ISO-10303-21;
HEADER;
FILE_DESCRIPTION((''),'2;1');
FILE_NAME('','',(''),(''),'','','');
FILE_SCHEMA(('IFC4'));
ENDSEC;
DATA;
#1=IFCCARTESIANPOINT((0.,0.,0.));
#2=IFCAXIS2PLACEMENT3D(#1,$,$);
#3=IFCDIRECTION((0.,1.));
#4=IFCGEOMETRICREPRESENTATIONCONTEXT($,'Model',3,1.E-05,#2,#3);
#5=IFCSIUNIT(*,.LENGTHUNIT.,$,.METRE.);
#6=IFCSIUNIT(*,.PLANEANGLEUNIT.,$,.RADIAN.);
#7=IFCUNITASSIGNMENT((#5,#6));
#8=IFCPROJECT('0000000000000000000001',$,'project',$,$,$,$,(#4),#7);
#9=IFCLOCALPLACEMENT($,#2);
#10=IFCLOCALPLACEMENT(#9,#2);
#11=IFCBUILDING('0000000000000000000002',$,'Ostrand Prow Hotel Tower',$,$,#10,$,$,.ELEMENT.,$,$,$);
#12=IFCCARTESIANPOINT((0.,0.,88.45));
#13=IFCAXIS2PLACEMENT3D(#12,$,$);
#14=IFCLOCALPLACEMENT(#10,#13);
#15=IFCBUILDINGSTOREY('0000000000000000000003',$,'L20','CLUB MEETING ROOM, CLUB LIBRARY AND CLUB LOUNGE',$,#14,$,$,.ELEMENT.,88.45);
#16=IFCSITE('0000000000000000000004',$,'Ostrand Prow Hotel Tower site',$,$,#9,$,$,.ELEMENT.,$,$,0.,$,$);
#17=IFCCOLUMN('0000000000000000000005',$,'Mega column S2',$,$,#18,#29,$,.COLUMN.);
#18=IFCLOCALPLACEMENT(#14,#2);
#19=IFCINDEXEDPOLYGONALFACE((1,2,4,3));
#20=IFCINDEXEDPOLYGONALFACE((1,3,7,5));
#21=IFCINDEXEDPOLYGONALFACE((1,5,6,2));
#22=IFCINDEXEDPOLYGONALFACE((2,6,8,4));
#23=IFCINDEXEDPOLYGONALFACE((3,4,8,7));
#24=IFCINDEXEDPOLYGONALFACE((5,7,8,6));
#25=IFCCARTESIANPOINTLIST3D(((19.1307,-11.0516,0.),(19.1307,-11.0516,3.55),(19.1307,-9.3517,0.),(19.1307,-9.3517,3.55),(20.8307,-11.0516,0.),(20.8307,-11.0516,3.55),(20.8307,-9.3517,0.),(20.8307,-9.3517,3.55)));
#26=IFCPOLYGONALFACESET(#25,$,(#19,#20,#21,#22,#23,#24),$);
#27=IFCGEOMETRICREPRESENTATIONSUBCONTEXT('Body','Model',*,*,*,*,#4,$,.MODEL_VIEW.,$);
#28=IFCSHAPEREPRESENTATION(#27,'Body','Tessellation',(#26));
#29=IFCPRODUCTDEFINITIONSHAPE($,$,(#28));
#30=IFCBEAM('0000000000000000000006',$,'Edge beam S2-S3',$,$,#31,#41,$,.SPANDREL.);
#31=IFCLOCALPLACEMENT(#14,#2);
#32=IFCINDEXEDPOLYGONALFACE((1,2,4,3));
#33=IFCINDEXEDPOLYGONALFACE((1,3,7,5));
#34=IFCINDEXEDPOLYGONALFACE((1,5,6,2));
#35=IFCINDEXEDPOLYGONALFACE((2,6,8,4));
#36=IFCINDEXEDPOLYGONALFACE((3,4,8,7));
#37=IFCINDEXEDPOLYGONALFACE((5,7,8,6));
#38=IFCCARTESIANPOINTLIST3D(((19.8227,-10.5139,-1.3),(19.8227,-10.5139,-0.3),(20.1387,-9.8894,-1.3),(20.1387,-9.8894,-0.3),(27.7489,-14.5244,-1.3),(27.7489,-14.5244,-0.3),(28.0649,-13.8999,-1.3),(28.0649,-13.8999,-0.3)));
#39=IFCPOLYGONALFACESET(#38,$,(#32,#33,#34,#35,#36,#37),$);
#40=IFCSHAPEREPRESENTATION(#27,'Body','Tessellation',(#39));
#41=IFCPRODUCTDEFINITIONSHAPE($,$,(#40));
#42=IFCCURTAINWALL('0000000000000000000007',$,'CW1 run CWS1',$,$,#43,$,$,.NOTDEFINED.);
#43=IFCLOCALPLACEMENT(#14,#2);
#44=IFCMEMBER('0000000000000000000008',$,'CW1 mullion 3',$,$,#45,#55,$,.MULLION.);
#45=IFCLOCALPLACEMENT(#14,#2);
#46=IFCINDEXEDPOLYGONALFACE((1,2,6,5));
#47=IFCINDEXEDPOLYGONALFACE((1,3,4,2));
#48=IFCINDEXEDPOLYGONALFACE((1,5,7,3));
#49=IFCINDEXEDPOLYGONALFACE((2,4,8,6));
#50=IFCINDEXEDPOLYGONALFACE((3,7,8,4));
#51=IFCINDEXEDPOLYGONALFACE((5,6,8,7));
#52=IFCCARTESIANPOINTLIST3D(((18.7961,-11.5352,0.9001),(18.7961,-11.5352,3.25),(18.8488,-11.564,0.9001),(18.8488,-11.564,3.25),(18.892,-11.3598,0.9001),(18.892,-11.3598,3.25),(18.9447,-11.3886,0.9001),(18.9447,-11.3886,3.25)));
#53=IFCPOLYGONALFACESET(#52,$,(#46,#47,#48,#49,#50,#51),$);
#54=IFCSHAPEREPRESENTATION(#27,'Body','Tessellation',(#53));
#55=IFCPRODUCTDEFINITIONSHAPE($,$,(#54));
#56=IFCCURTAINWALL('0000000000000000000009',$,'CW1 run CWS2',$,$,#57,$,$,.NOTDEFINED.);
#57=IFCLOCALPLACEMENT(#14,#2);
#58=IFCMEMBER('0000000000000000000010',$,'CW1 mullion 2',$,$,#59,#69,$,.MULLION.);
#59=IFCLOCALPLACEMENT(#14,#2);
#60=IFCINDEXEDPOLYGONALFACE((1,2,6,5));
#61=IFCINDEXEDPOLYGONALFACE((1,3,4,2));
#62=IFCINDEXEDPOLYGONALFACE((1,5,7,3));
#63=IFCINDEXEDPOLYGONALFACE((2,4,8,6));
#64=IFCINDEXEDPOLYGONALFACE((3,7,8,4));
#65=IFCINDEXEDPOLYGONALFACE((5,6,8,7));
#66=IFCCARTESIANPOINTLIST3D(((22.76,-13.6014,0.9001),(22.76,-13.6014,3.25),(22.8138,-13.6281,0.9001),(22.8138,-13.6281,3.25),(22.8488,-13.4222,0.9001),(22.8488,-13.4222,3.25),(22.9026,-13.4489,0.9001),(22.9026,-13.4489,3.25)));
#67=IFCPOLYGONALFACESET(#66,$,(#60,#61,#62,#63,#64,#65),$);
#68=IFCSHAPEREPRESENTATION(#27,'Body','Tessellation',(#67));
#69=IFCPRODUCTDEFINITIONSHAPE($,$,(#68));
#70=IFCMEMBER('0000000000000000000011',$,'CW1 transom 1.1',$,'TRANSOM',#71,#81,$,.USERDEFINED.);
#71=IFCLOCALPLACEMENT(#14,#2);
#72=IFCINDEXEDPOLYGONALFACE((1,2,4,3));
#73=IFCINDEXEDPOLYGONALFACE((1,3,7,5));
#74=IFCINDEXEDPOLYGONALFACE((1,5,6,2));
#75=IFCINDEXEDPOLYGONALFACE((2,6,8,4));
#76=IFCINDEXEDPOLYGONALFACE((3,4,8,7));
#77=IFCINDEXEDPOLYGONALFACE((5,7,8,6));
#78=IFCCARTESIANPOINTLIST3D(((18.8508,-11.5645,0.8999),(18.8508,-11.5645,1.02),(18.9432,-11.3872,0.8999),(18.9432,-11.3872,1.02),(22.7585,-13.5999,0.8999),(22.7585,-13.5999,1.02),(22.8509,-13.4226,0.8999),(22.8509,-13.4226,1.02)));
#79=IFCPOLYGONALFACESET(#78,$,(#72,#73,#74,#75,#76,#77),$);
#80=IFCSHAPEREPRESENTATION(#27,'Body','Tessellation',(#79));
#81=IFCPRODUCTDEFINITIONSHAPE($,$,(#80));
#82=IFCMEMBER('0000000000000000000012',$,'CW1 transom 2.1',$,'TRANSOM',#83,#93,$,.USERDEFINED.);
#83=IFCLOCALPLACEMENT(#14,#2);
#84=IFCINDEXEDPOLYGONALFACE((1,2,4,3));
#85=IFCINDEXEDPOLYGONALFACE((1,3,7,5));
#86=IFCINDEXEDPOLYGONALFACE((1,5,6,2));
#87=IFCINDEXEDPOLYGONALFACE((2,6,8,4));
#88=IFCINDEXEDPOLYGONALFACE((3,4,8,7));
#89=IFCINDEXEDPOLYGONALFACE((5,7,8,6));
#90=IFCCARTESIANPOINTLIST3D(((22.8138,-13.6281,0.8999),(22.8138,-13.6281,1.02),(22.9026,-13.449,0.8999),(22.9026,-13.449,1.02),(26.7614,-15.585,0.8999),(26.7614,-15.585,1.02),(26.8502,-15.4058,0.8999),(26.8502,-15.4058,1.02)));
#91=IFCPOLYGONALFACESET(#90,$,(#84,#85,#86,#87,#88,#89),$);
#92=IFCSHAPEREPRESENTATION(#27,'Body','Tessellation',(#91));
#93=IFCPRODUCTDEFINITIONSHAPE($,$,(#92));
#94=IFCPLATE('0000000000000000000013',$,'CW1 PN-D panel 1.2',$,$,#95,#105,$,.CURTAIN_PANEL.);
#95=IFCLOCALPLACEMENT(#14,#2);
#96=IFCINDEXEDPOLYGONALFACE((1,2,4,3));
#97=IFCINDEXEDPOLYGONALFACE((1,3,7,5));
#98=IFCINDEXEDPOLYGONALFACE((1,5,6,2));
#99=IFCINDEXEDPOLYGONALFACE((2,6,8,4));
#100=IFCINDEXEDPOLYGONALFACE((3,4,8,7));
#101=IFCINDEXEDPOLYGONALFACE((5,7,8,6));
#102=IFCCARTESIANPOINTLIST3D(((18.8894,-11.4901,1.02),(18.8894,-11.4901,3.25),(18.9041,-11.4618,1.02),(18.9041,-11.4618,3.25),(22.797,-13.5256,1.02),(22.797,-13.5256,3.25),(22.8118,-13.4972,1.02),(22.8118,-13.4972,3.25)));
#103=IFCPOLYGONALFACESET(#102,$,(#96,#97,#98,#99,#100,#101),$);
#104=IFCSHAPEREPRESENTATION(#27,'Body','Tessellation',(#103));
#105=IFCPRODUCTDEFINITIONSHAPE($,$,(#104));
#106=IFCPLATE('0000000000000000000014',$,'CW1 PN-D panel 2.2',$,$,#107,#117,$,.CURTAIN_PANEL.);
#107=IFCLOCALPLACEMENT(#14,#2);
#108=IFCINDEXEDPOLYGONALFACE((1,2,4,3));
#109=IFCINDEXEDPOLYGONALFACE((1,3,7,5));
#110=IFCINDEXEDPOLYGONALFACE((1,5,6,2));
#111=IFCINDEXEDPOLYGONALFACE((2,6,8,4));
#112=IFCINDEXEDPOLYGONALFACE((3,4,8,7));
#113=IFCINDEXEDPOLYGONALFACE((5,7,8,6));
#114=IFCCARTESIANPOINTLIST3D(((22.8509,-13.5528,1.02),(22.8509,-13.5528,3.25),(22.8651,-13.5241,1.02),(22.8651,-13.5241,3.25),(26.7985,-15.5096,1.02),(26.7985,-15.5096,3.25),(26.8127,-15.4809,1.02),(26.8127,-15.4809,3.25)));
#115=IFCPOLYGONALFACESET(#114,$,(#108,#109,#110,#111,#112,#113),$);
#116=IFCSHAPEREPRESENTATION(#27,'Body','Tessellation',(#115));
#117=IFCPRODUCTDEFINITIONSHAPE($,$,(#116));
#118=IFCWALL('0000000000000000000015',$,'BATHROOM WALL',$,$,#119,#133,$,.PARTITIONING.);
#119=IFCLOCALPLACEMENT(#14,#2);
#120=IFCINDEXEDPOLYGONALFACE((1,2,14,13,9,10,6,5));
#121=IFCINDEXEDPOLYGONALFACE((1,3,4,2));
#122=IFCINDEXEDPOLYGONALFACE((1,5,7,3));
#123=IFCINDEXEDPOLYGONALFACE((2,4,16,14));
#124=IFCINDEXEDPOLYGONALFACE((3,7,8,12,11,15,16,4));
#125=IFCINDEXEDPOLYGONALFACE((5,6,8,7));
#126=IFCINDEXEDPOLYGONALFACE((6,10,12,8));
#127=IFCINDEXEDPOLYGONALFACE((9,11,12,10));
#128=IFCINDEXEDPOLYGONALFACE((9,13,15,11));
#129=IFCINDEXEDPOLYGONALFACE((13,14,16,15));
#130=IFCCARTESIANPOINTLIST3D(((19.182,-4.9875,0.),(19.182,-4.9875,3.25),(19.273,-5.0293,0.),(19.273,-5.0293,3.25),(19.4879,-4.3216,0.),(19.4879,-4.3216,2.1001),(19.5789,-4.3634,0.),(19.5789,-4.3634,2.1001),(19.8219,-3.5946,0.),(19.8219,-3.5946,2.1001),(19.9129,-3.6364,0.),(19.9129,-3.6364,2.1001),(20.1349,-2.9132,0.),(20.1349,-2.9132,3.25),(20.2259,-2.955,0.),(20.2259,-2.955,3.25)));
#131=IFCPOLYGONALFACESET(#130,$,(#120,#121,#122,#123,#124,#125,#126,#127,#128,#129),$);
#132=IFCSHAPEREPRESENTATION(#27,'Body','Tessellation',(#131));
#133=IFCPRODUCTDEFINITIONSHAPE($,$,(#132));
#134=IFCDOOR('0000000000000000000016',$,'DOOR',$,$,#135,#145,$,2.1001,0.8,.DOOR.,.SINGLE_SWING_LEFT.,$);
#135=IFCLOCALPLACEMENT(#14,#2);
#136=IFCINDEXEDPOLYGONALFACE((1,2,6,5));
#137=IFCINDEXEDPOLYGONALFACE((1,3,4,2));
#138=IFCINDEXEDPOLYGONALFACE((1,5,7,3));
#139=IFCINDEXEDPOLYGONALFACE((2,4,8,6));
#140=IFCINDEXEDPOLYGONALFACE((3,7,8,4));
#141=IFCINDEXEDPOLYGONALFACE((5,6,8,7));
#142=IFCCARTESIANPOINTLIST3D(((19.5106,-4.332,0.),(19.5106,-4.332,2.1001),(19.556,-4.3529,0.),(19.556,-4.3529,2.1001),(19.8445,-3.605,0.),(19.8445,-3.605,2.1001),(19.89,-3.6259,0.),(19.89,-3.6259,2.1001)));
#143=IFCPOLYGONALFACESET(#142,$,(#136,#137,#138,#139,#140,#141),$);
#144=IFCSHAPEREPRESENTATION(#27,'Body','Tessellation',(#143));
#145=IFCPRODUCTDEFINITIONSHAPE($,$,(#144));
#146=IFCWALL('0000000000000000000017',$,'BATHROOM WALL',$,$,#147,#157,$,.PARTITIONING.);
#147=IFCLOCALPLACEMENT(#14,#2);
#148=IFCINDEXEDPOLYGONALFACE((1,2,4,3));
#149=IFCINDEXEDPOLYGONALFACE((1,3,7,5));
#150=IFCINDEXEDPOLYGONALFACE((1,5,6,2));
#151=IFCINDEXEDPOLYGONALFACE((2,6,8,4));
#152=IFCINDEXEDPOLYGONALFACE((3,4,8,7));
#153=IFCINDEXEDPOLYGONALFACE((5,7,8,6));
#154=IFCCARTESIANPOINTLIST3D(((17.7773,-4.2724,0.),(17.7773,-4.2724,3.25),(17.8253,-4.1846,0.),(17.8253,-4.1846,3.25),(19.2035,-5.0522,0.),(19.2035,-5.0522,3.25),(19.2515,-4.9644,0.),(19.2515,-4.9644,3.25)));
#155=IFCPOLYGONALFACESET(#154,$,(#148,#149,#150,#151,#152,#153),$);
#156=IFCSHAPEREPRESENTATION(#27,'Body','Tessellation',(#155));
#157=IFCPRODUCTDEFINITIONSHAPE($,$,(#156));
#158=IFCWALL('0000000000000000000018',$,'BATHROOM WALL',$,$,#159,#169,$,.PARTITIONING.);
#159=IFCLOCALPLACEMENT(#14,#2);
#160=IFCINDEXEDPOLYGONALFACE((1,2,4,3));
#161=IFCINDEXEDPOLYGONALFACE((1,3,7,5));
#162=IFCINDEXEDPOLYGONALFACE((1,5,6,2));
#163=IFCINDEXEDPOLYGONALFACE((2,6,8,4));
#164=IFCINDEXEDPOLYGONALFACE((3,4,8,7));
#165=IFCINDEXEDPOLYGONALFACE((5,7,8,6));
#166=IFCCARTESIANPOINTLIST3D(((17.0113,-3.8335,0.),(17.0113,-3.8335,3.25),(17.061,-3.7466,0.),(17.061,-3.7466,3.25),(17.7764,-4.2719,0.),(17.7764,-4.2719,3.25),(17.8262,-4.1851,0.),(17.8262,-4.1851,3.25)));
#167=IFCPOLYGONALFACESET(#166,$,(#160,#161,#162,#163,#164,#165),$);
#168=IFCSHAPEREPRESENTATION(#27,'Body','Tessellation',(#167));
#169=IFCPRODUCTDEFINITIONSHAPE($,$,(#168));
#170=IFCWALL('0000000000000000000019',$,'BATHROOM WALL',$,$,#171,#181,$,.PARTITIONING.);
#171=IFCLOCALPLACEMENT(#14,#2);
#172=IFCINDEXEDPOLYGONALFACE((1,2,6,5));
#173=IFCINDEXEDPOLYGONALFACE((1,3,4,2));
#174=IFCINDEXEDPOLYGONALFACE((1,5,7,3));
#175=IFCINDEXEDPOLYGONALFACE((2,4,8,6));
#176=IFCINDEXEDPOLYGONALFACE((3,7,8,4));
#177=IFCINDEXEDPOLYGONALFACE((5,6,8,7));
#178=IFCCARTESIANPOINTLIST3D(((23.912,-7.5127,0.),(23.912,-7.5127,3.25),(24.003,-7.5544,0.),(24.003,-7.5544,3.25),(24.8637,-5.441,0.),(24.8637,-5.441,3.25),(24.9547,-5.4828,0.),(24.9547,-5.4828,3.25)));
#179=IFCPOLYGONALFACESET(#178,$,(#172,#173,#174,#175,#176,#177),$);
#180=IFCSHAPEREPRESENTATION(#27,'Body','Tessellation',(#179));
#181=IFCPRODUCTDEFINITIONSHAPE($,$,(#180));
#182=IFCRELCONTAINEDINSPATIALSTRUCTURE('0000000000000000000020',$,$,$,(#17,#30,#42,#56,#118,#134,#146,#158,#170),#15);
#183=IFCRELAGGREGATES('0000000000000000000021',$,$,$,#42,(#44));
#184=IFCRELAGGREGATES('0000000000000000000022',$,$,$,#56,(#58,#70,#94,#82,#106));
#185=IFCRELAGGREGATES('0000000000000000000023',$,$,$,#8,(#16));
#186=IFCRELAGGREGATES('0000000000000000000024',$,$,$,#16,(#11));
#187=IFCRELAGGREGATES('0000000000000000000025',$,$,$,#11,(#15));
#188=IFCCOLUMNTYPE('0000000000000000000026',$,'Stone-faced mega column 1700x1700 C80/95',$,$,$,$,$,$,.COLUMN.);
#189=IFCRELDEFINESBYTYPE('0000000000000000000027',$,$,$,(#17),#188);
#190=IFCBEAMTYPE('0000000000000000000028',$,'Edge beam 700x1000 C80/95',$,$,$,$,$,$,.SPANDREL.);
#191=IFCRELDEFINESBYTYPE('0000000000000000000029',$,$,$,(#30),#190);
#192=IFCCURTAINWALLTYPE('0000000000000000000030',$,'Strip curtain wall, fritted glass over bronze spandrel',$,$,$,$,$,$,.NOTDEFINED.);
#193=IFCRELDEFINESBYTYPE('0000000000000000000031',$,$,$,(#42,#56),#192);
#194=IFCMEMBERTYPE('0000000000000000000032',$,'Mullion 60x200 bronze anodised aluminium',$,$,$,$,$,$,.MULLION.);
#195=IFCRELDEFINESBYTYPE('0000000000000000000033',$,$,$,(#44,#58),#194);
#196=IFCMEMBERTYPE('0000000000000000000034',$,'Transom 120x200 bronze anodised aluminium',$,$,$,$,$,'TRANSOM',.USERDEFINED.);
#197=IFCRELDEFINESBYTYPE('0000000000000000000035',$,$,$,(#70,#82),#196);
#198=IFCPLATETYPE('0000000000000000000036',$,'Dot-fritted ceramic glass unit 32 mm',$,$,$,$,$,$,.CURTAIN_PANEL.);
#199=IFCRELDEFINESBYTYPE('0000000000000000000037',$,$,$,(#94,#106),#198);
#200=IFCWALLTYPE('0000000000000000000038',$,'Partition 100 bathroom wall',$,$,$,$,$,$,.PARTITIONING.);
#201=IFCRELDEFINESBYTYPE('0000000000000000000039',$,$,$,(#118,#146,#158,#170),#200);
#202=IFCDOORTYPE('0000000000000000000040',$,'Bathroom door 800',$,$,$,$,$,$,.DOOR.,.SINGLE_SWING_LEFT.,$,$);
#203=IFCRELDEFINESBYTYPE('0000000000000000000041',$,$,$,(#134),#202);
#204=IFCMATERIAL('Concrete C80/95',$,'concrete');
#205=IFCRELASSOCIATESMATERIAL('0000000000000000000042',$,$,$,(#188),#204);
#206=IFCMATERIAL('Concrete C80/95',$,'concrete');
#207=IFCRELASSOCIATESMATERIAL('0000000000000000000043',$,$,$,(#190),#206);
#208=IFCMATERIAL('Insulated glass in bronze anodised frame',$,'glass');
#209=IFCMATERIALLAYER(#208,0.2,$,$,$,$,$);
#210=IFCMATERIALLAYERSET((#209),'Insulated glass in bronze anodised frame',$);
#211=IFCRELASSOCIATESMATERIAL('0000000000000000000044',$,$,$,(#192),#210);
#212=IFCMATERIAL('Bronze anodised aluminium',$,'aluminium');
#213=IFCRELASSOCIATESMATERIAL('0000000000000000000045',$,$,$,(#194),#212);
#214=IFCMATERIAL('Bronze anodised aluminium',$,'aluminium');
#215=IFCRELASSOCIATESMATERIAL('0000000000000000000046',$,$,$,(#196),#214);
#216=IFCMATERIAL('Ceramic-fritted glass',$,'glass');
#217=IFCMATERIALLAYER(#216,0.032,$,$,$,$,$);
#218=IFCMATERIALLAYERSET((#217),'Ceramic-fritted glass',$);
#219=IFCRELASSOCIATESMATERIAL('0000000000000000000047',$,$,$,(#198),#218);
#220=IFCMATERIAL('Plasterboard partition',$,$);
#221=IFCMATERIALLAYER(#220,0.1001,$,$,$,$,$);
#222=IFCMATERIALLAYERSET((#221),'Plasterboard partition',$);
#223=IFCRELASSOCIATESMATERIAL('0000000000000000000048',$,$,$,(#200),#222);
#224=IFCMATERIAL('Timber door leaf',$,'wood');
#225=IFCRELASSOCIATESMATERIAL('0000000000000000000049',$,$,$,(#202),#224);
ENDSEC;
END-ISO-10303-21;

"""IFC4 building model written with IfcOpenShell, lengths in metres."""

from ifc_helpers import new_model, si_unit, direction, frame, frame_2d, origin, origin_2d, place, context, subcontext, project, spatial, rectangle, extrude, material, layer, layer_set, material_profile, profile_set, type_object, element, fill, aggregate, save


model = new_model("IFC4")

# Units and contexts
model_context = context("Model", 3, precision=1e-05, world=origin(), true_north=direction((0.0, 1.0)))
body_context = subcontext(model_context, "Body", "Model", "MODEL_VIEW")
ifc_project = project(units=[si_unit("LENGTHUNIT", "METRE"), si_unit("PLANEANGLEUNIT", "RADIAN")], contexts=[model_context])

# Site, building, storey
site_placement = place(None, origin())
site = spatial("IfcSite", under=ifc_project, at=site_placement, Name="Ostrand Prow Hotel Tower site", CompositionType="ELEMENT", RefElevation=0.0)
building_placement = place(site_placement, origin())
building = spatial("IfcBuilding", under=site, at=building_placement, Name="Ostrand Prow Hotel Tower", CompositionType="ELEMENT")
storey_placement = place(building_placement, frame((0.0, 0.0, 88.45)))
storey = spatial("IfcBuildingStorey", under=building, at=storey_placement, Name="L20", Description="CLUB MEETING ROOM, CLUB LIBRARY AND CLUB LOUNGE", CompositionType="ELEMENT", Elevation=88.45)

# Column
ifc_material_1 = material(Name="Concrete C80/95", Category="concrete")
ifc_material_profile_1 = material_profile(ifc_material_1, rectangle(XDim=1.7, YDim=1.7, at=origin_2d()), Name="RC 1700x1700")
ifc_profile_set_1 = profile_set([ifc_material_profile_1], Name="Concrete C80/95")
column_type = type_object("IfcColumnType", Name="Stone-faced mega column 1700x1700 C80/95", PredefinedType="COLUMN", material=ifc_profile_set_1)
column_placement = place(storey_placement, frame((19.9807, -10.2017, 0.0), z_axis=(0.0, 0.0, 1.0), x_axis=(1.0, 0.0, 0.0)))
element("IfcColumn", 1, at=column_placement, inside=storey, type_object=column_type, Name="Mega column S2", PredefinedType="COLUMN", context=body_context, shape_type="SweptSolid", body=[
    extrude(rectangle(XDim=1.7, YDim=1.7, at=origin_2d()), origin(), (0.0, 0.0, 1.0), 3.55),
])

# Beam
ifc_material_2 = material(Name="Concrete C80/95", Category="concrete")
ifc_material_profile_2 = material_profile(ifc_material_2, rectangle(XDim=0.7, YDim=1.0, at=origin_2d()), Name="RC 700x1000")
ifc_profile_set_2 = profile_set([ifc_material_profile_2], Name="Concrete C80/95")
beam_type = type_object("IfcBeamType", Name="Edge beam 700x1000 C80/95", PredefinedType="SPANDREL", material=ifc_profile_set_2)
beam_placement = place(storey_placement, frame((19.9807, -10.2017, -0.8), z_axis=(0.892284, -0.451474, 0.0), x_axis=(0.451474, 0.892284, 0.0)))
element("IfcBeam", 2, at=beam_placement, inside=storey, type_object=beam_type, Name="Edge beam S2-S3", PredefinedType="SPANDREL", context=body_context, shape_type="SweptSolid", body=[
    extrude(rectangle(XDim=0.7, YDim=1.0, at=origin_2d()), origin(), (0.0, 0.0, 1.0), 8.8831),
])

# Curtain wall, member
ifc_material_3 = material(Name="Insulated glass in bronze anodised frame", Category="glass")
ifc_layer_1 = layer(ifc_material_3, 0.2)
ifc_layer_set_1 = layer_set([ifc_layer_1], Name="Insulated glass in bronze anodised frame")
curtain_wall_type = type_object("IfcCurtainWallType", Name="Strip curtain wall, fritted glass over bronze spandrel", PredefinedType="NOTDEFINED", material=ifc_layer_set_1)
curtain_wall_1_placement = place(storey_placement, origin())
curtain_wall_1 = element("IfcCurtainWall", 3, at=curtain_wall_1_placement, inside=storey, type_object=curtain_wall_type, Name="CW1 run CWS1", PredefinedType="NOTDEFINED")
ifc_material_4 = material(Name="Bronze anodised aluminium", Category="aluminium")
ifc_material_profile_3 = material_profile(ifc_material_4, rectangle(XDim=0.2, YDim=0.0601, at=origin_2d()), Name="Mullion 60x200 bronze anodised aluminium")
ifc_profile_set_3 = profile_set([ifc_material_profile_3], Name="Bronze anodised aluminium")
member_type_1 = type_object("IfcMemberType", Name="Mullion 60x200 bronze anodised aluminium", PredefinedType="MULLION", material=ifc_profile_set_3)
member_1_placement = place(storey_placement, frame((18.8704, -11.4619, 0.9001), z_axis=(0.0, 0.0, 1.0), x_axis=(0.479637, 0.877467, 0.0)))
member_1 = element("IfcMember", 4, at=member_1_placement, type_object=member_type_1, Name="CW1 mullion 3", PredefinedType="MULLION", context=body_context, shape_type="SweptSolid", body=[
    extrude(rectangle(XDim=0.2, YDim=0.0601, at=origin_2d()), origin(), (0.0, 0.0, 1.0), 2.3499),
])
aggregate(curtain_wall_1, [member_1])

# Curtain wall, members, plates
curtain_wall_2_placement = place(storey_placement, origin())
curtain_wall_2 = element("IfcCurtainWall", 5, at=curtain_wall_2_placement, inside=storey, type_object=curtain_wall_type, Name="CW1 run CWS2", PredefinedType="NOTDEFINED")
member_2_placement = place(storey_placement, frame((22.8313, -13.5251, 0.9001), z_axis=(0.0, 0.0, 1.0), x_axis=(0.444113, 0.895971, 0.0)))
member_2 = element("IfcMember", 6, at=member_2_placement, type_object=member_type_1, Name="CW1 mullion 2", PredefinedType="MULLION", context=body_context, shape_type="SweptSolid", body=[
    extrude(rectangle(XDim=0.2, YDim=0.0601, at=origin_2d()), origin(), (0.0, 0.0, 1.0), 2.3499),
])
ifc_material_5 = material(Name="Bronze anodised aluminium", Category="aluminium")
ifc_material_profile_4 = material_profile(ifc_material_5, rectangle(XDim=0.2, YDim=0.1201, at=origin_2d()), Name="Transom 120x200 bronze anodised aluminium")
ifc_profile_set_4 = profile_set([ifc_material_profile_4], Name="Bronze anodised aluminium")
member_type_2 = type_object("IfcMemberType", Name="Transom 120x200 bronze anodised aluminium", ElementType="TRANSOM", PredefinedType="USERDEFINED", material=ifc_profile_set_4)
member_3_placement = place(storey_placement, frame((18.897, -11.4758, 0.96), z_axis=(0.886902, -0.461958, 0.0), x_axis=(0.461958, 0.886902, 0.0)))
member_3 = element("IfcMember", 7, at=member_3_placement, type_object=member_type_2, Name="CW1 transom 1.1", ObjectType="TRANSOM", PredefinedType="USERDEFINED", context=body_context, shape_type="SweptSolid", body=[
    extrude(rectangle(XDim=0.2, YDim=0.1201, at=origin_2d()), origin(), (0.0, 0.0, 1.0), 4.406),
])
member_4_placement = place(storey_placement, frame((22.8582, -13.5386, 0.96), z_axis=(0.895962, -0.44413, 0.0), x_axis=(0.44413, 0.895962, 0.0)))
member_4 = element("IfcMember", 8, at=member_4_placement, type_object=member_type_2, Name="CW1 transom 2.1", ObjectType="TRANSOM", PredefinedType="USERDEFINED", context=body_context, shape_type="SweptSolid", body=[
    extrude(rectangle(XDim=0.2, YDim=0.1201, at=origin_2d()), origin(), (0.0, 0.0, 1.0), 4.406),
])
ifc_material_6 = material(Name="Ceramic-fritted glass", Category="glass")
ifc_layer_2 = layer(ifc_material_6, 0.032)
ifc_layer_set_2 = layer_set([ifc_layer_2], Name="Ceramic-fritted glass")
plate_type = type_object("IfcPlateType", Name="Dot-fritted ceramic glass unit 32 mm", PredefinedType="CURTAIN_PANEL", material=ifc_layer_set_2)
plate_1_placement = place(storey_placement, frame((20.8506, -12.4937, 1.02), z_axis=(0.0, 0.0, 1.0), x_axis=(0.886896, -0.461968, 0.0)))
plate_1 = element("IfcPlate", 9, at=plate_1_placement, type_object=plate_type, Name="CW1 PN-D panel 1.2", PredefinedType="CURTAIN_PANEL", context=body_context, shape_type="SweptSolid", body=[
    extrude(rectangle(XDim=4.406, YDim=0.032, at=origin_2d()), origin(), (0.0, 0.0, 1.0), 2.23),
])
plate_2_placement = place(storey_placement, frame((24.8318, -14.5168, 1.02), z_axis=(0.0, 0.0, 1.0), x_axis=(0.895971, -0.444113, 0.0)))
plate_2 = element("IfcPlate", 10, at=plate_2_placement, type_object=plate_type, Name="CW1 PN-D panel 2.2", PredefinedType="CURTAIN_PANEL", context=body_context, shape_type="SweptSolid", body=[
    extrude(rectangle(XDim=4.406, YDim=0.032, at=origin_2d()), origin(), (0.0, 0.0, 1.0), 2.23),
])
aggregate(curtain_wall_2, [member_2, member_3, plate_1, member_4, plate_2])

# Wall, opening, door
ifc_material_7 = material(Name="Plasterboard partition")
ifc_layer_3 = layer(ifc_material_7, 0.1001)
ifc_layer_set_3 = layer_set([ifc_layer_3], Name="Plasterboard partition")
wall_type_1 = type_object("IfcWallType", Name="Partition 100 bathroom wall", PredefinedType="PARTITIONING", material=ifc_layer_set_3)
wall_1_placement = place(storey_placement, frame((20.1804, -2.9341, 0.0), z_axis=(0.0, 0.0, 1.0), x_axis=(-0.41745, -0.9087, 0.0)))
wall_1 = element("IfcWall", 11, at=wall_1_placement, inside=storey, type_object=wall_type_1, Name="BATHROOM WALL", PredefinedType="PARTITIONING", context=body_context, shape_type="SweptSolid", body=[
    extrude(rectangle(XDim=2.2827, YDim=0.1001, at=frame_2d((1.1414, 0.0))), origin(), (0.0, 0.0, 1.0), 3.25),
])
opening_1_placement = place(wall_1_placement, frame((0.75, 0.0, 0.0)))
opening_1 = element("IfcOpeningElement", 12, at=opening_1_placement, cuts=wall_1, PredefinedType="OPENING", context=body_context, shape_type="SweptSolid", body=[
    extrude(rectangle(XDim=0.8, YDim=2.1001, at=frame_2d((0.3999, 1.05))), frame((0.0, 0.0601, 0.0), z_axis=(0.0, -1.0, 0.0), x_axis=(1.0, 0.0, 0.0)), (0.0, 0.0, 1.0), 0.1201),
])
ifc_material_8 = material(Name="Timber door leaf", Category="wood")
door_type_1 = type_object("IfcDoorType", Name="Bathroom door 800", OperationType="SINGLE_SWING_LEFT", PredefinedType="DOOR", material=ifc_material_8)
door_1_placement = place(opening_1_placement, origin())
door_1 = element("IfcDoor", 13, at=door_1_placement, inside=storey, type_object=door_type_1, Name="DOOR", OperationType="SINGLE_SWING_LEFT", OverallHeight=2.1001, OverallWidth=0.8, PredefinedType="DOOR", context=body_context, shape_type="SweptSolid", body=[
    extrude(rectangle(XDim=0.8, YDim=2.1001, at=frame_2d((0.3999, 1.05))), frame((0.0, 0.0249, 0.0), z_axis=(0.0, -1.0, 0.0), x_axis=(1.0, 0.0, 0.0)), (0.0, 0.0, 1.0), 0.05),
])
fill(opening_1, door_1)

# Walls
wall_2_placement = place(storey_placement, frame((19.2275, -5.0083, 0.0), z_axis=(0.0, 0.0, 1.0), x_axis=(-0.877424, 0.479715, 0.0)))
element("IfcWall", 14, at=wall_2_placement, inside=storey, type_object=wall_type_1, Name="BATHROOM WALL", PredefinedType="PARTITIONING", context=body_context, shape_type="SweptSolid", body=[
    extrude(rectangle(XDim=1.6255, YDim=0.1001, at=frame_2d((0.8127, 0.0))), origin(), (0.0, 0.0, 1.0), 3.25),
])
wall_3_placement = place(storey_placement, frame((17.8013, -4.2285, 0.0), z_axis=(0.0, 0.0, 1.0), x_axis=(-0.867629, 0.497212, 0.0)))
element("IfcWall", 15, at=wall_3_placement, inside=storey, type_object=wall_type_1, Name="BATHROOM WALL", PredefinedType="PARTITIONING", context=body_context, shape_type="SweptSolid", body=[
    extrude(rectangle(XDim=0.8818, YDim=0.1001, at=frame_2d((0.4409, 0.0))), origin(), (0.0, 0.0, 1.0), 3.25),
])
wall_4_placement = place(storey_placement, frame((24.9092, -5.4619, 0.0), z_axis=(0.0, 0.0, 1.0), x_axis=(-0.417455, -0.908698, 0.0)))
element("IfcWall", 16, at=wall_4_placement, inside=storey, type_object=wall_type_1, Name="BATHROOM WALL", PredefinedType="PARTITIONING", context=body_context, shape_type="SweptSolid", body=[
    extrude(rectangle(XDim=2.2798, YDim=0.1001, at=frame_2d((1.1399, 0.0))), origin(), (0.0, 0.0, 1.0), 3.25),
])

save(model, "model.ifc")
